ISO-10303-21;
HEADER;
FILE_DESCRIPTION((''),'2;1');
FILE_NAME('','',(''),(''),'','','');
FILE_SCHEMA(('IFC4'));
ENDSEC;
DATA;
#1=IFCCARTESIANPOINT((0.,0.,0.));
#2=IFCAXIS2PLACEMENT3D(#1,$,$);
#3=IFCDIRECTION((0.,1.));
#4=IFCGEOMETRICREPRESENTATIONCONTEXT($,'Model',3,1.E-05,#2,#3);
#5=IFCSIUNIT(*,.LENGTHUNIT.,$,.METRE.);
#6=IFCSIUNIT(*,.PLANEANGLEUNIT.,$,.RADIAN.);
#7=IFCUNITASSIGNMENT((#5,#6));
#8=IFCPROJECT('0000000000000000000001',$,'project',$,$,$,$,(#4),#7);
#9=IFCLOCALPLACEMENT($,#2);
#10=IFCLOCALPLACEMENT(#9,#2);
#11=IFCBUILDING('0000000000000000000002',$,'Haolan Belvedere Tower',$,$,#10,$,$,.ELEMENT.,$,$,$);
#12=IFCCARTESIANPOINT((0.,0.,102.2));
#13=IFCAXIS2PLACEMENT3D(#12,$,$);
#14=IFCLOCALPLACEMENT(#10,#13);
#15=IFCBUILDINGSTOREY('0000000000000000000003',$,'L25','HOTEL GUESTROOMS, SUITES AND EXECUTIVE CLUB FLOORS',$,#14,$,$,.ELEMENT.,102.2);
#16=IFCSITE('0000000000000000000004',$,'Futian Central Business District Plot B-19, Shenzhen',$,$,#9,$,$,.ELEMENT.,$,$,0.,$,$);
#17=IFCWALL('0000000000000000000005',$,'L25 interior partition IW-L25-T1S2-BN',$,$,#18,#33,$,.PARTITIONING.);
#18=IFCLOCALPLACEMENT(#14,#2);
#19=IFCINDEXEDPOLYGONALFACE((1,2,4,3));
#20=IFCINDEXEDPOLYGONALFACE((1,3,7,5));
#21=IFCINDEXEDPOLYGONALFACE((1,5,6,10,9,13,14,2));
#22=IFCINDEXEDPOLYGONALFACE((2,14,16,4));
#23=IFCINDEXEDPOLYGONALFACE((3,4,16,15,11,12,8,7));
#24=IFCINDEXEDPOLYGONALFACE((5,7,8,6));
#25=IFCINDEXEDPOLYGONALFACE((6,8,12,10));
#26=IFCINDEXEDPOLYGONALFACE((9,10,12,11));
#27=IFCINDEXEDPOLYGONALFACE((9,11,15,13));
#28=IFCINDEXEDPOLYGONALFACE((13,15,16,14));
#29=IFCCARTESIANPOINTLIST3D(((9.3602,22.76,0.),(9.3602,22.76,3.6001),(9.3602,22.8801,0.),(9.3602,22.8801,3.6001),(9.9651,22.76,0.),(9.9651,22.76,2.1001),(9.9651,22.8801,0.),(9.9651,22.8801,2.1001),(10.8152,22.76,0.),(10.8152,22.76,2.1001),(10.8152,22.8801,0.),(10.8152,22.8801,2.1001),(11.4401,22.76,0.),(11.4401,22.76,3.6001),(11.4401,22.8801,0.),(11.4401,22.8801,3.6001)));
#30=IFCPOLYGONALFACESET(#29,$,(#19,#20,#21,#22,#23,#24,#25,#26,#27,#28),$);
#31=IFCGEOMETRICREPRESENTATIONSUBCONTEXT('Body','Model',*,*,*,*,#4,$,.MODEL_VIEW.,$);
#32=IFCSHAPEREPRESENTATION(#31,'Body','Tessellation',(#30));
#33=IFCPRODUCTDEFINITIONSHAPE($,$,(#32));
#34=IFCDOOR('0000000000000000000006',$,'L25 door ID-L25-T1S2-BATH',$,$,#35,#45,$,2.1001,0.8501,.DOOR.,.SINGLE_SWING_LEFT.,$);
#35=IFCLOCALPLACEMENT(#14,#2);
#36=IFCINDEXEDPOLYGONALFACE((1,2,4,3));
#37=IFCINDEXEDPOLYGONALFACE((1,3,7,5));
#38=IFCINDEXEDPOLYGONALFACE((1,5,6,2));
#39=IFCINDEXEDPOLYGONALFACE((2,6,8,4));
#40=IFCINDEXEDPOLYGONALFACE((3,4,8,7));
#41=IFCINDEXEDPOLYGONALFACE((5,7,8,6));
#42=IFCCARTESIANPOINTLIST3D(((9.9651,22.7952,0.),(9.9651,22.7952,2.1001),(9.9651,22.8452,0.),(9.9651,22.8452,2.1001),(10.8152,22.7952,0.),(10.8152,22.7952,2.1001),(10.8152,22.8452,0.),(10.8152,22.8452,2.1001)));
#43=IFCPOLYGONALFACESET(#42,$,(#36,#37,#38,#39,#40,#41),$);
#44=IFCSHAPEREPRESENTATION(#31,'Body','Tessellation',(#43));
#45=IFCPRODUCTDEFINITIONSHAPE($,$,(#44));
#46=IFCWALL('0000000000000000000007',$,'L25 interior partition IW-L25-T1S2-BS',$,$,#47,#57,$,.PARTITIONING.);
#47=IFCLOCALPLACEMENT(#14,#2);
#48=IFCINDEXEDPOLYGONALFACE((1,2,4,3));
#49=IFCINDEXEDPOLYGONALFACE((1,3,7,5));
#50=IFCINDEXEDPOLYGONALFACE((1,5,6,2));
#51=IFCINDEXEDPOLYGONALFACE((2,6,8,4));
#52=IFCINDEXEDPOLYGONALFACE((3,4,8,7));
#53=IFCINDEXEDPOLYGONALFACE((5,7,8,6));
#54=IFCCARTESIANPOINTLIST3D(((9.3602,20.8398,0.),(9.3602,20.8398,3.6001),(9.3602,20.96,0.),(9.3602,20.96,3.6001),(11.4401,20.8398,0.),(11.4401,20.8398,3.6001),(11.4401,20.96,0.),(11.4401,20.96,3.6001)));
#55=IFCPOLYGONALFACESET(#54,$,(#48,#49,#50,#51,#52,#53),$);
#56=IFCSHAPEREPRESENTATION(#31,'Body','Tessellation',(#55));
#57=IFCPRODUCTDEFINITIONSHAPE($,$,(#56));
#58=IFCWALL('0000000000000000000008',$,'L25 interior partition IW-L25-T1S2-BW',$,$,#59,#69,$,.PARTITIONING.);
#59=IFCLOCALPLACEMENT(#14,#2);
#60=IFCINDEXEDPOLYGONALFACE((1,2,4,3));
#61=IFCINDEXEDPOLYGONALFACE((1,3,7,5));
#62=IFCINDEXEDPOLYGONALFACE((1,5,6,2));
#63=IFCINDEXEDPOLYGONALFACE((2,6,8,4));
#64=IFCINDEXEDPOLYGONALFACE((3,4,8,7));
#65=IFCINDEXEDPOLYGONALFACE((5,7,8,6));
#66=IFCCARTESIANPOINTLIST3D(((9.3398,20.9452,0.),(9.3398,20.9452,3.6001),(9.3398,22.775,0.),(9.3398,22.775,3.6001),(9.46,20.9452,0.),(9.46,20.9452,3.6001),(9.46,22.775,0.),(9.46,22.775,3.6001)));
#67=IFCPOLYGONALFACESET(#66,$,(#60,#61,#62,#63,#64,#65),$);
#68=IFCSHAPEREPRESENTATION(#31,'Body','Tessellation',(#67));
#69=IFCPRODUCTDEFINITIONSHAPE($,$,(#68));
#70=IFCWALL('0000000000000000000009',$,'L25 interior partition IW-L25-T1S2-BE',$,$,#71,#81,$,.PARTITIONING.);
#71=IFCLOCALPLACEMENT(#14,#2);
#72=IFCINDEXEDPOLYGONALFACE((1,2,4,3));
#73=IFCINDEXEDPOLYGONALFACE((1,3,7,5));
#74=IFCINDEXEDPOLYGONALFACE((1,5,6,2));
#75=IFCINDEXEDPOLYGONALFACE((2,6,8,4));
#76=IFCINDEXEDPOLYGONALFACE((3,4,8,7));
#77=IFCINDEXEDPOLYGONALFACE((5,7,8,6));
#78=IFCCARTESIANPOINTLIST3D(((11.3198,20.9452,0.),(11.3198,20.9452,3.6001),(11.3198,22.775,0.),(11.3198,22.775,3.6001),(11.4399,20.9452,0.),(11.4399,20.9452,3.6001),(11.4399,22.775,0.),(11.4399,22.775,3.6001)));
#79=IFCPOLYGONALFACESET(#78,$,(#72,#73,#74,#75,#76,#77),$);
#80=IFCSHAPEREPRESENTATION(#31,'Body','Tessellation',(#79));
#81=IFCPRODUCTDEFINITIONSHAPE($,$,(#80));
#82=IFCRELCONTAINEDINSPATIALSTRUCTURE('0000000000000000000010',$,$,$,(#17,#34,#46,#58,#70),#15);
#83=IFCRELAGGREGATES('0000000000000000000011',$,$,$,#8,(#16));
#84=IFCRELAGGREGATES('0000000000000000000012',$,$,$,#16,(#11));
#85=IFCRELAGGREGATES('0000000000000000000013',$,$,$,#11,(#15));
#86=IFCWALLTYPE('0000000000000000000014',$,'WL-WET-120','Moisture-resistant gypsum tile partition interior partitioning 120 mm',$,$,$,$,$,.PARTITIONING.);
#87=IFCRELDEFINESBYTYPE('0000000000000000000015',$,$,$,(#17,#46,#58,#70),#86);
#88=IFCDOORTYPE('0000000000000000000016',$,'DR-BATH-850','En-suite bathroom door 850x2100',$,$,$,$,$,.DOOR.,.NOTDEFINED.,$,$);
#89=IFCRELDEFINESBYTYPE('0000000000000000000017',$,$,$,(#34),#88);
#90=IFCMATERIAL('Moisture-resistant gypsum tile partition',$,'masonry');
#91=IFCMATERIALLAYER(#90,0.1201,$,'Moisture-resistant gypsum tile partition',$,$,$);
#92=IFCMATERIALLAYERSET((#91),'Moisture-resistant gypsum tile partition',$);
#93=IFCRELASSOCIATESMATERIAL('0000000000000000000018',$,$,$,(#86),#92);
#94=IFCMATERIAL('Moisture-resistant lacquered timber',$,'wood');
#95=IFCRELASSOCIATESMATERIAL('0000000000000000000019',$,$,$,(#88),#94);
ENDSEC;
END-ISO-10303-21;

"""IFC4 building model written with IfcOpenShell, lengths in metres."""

from ifc_helpers import new_model, si_unit, direction, frame, frame_2d, origin, place, context, subcontext, project, spatial, rectangle, extrude, material, layer, layer_set, type_object, element, fill, save


model = new_model("IFC4")

# Units and contexts
model_context = context("Model", 3, precision=1e-05, world=origin(), true_north=direction((0.0, 1.0)))
body_context = subcontext(model_context, "Body", "Model", "MODEL_VIEW")
ifc_project = project(units=[si_unit("LENGTHUNIT", "METRE"), si_unit("PLANEANGLEUNIT", "RADIAN")], contexts=[model_context])

# Site, building, storey
site_placement = place(None, origin())
site = spatial("IfcSite", under=ifc_project, at=site_placement, Name="Futian Central Business District Plot B-19, Shenzhen", CompositionType="ELEMENT", RefElevation=0.0)
building_placement = place(site_placement, origin())
building = spatial("IfcBuilding", under=site, at=building_placement, Name="Haolan Belvedere Tower", CompositionType="ELEMENT")
storey_placement = place(building_placement, frame((0.0, 0.0, 102.2)))
storey = spatial("IfcBuildingStorey", under=building, at=storey_placement, Name="L25", Description="HOTEL GUESTROOMS, SUITES AND EXECUTIVE CLUB FLOORS", CompositionType="ELEMENT", Elevation=102.2)

# Shared definitions
ifc_material_1 = material(Name="Moisture-resistant gypsum tile partition", Category="masonry")
ifc_layer_1 = layer(ifc_material_1, 0.1201, Name="Moisture-resistant gypsum tile partition")
ifc_layer_set_1 = layer_set([ifc_layer_1], Name="Moisture-resistant gypsum tile partition")
wall_type_1 = type_object("IfcWallType", Name="WL-WET-120", Description="Moisture-resistant gypsum tile partition interior partitioning 120 mm", PredefinedType="PARTITIONING", material=ifc_layer_set_1)

# Shared definitions
ifc_material_2 = material(Name="Moisture-resistant lacquered timber", Category="wood")
door_type_1 = type_object("IfcDoorType", Name="DR-BATH-850", Description="En-suite bathroom door 850x2100", OperationType="NOTDEFINED", PredefinedType="DOOR", material=ifc_material_2)

# Wall, opening, door
wall_1_placement = place(storey_placement, frame((9.3601, 22.8201, 0.0), z_axis=(0.0, 0.0, 1.0), x_axis=(1.0, 0.0, 0.0)))
wall_1 = element("IfcWall", 1, at=wall_1_placement, inside=storey, type_object=wall_type_1, Name="L25 interior partition IW-L25-T1S2-BN", PredefinedType="PARTITIONING", context=body_context, shape_type="SweptSolid", body=[
    extrude(rectangle(XDim=2.0798, YDim=0.1201, at=frame_2d((1.04, 0.0))), origin(), (0.0, 0.0, 1.0), 3.6001),
])
opening_1_placement = place(wall_1_placement, frame((1.4551, 0.0, 0.0), z_axis=(0.0, 0.0, 1.0), x_axis=(-1.0, 0.0, 0.0)))
opening_1 = element("IfcOpeningElement", 2, at=opening_1_placement, cuts=wall_1, PredefinedType="OPENING", context=body_context, shape_type="SweptSolid", body=[
    extrude(rectangle(XDim=0.8501, YDim=2.1001, at=frame_2d((0.425, 1.05))), frame((0.0, 0.0701, 0.0), z_axis=(0.0, -1.0, 0.0), x_axis=(1.0, 0.0, 0.0)), (0.0, 0.0, 1.0), 0.1401),
])
door_1_placement = place(opening_1_placement, origin())
door_1 = element("IfcDoor", 3, at=door_1_placement, inside=storey, type_object=door_type_1, Name="L25 door ID-L25-T1S2-BATH", OperationType="SINGLE_SWING_LEFT", OverallHeight=2.1001, OverallWidth=0.8501, PredefinedType="DOOR", context=body_context, shape_type="SweptSolid", body=[
    extrude(rectangle(XDim=0.8501, YDim=2.1001, at=frame_2d((0.425, 1.05))), frame((0.0, 0.0249, 0.0), z_axis=(0.0, -1.0, 0.0), x_axis=(1.0, 0.0, 0.0)), (0.0, 0.0, 1.0), 0.05),
])
fill(opening_1, door_1)

# Walls
wall_2_placement = place(storey_placement, frame((9.3601, 20.8999, 0.0), z_axis=(0.0, 0.0, 1.0), x_axis=(1.0, 0.0, 0.0)))
element("IfcWall", 4, at=wall_2_placement, inside=storey, type_object=wall_type_1, Name="L25 interior partition IW-L25-T1S2-BS", PredefinedType="PARTITIONING", context=body_context, shape_type="SweptSolid", body=[
    extrude(rectangle(XDim=2.0798, YDim=0.1201, at=frame_2d((1.04, 0.0))), origin(), (0.0, 0.0, 1.0), 3.6001),
])
for number, where, z_axis, x_axis, name in (
    (5, (9.3999, 20.9451, 0.0), (0.0, 0.0, 1.0), (0.0, 1.0, 0.0), "L25 interior partition IW-L25-T1S2-BW"),
    (6, (11.3799, 20.9451, 0.0), (0.0, 0.0, 1.0), (0.0, 1.0, 0.0), "L25 interior partition IW-L25-T1S2-BE"),
):
    element("IfcWall", number, at=place(storey_placement, frame(where, z_axis=z_axis, x_axis=x_axis)), inside=storey, type_object=wall_type_1, Name=name, PredefinedType="PARTITIONING", context=body_context, shape_type="SweptSolid", body=[
        extrude(rectangle(XDim=1.8298, YDim=0.1201, at=frame_2d((0.915, 0.0))), origin(), (0.0, 0.0, 1.0), 3.6001),
    ])

save(model, "model.ifc")
